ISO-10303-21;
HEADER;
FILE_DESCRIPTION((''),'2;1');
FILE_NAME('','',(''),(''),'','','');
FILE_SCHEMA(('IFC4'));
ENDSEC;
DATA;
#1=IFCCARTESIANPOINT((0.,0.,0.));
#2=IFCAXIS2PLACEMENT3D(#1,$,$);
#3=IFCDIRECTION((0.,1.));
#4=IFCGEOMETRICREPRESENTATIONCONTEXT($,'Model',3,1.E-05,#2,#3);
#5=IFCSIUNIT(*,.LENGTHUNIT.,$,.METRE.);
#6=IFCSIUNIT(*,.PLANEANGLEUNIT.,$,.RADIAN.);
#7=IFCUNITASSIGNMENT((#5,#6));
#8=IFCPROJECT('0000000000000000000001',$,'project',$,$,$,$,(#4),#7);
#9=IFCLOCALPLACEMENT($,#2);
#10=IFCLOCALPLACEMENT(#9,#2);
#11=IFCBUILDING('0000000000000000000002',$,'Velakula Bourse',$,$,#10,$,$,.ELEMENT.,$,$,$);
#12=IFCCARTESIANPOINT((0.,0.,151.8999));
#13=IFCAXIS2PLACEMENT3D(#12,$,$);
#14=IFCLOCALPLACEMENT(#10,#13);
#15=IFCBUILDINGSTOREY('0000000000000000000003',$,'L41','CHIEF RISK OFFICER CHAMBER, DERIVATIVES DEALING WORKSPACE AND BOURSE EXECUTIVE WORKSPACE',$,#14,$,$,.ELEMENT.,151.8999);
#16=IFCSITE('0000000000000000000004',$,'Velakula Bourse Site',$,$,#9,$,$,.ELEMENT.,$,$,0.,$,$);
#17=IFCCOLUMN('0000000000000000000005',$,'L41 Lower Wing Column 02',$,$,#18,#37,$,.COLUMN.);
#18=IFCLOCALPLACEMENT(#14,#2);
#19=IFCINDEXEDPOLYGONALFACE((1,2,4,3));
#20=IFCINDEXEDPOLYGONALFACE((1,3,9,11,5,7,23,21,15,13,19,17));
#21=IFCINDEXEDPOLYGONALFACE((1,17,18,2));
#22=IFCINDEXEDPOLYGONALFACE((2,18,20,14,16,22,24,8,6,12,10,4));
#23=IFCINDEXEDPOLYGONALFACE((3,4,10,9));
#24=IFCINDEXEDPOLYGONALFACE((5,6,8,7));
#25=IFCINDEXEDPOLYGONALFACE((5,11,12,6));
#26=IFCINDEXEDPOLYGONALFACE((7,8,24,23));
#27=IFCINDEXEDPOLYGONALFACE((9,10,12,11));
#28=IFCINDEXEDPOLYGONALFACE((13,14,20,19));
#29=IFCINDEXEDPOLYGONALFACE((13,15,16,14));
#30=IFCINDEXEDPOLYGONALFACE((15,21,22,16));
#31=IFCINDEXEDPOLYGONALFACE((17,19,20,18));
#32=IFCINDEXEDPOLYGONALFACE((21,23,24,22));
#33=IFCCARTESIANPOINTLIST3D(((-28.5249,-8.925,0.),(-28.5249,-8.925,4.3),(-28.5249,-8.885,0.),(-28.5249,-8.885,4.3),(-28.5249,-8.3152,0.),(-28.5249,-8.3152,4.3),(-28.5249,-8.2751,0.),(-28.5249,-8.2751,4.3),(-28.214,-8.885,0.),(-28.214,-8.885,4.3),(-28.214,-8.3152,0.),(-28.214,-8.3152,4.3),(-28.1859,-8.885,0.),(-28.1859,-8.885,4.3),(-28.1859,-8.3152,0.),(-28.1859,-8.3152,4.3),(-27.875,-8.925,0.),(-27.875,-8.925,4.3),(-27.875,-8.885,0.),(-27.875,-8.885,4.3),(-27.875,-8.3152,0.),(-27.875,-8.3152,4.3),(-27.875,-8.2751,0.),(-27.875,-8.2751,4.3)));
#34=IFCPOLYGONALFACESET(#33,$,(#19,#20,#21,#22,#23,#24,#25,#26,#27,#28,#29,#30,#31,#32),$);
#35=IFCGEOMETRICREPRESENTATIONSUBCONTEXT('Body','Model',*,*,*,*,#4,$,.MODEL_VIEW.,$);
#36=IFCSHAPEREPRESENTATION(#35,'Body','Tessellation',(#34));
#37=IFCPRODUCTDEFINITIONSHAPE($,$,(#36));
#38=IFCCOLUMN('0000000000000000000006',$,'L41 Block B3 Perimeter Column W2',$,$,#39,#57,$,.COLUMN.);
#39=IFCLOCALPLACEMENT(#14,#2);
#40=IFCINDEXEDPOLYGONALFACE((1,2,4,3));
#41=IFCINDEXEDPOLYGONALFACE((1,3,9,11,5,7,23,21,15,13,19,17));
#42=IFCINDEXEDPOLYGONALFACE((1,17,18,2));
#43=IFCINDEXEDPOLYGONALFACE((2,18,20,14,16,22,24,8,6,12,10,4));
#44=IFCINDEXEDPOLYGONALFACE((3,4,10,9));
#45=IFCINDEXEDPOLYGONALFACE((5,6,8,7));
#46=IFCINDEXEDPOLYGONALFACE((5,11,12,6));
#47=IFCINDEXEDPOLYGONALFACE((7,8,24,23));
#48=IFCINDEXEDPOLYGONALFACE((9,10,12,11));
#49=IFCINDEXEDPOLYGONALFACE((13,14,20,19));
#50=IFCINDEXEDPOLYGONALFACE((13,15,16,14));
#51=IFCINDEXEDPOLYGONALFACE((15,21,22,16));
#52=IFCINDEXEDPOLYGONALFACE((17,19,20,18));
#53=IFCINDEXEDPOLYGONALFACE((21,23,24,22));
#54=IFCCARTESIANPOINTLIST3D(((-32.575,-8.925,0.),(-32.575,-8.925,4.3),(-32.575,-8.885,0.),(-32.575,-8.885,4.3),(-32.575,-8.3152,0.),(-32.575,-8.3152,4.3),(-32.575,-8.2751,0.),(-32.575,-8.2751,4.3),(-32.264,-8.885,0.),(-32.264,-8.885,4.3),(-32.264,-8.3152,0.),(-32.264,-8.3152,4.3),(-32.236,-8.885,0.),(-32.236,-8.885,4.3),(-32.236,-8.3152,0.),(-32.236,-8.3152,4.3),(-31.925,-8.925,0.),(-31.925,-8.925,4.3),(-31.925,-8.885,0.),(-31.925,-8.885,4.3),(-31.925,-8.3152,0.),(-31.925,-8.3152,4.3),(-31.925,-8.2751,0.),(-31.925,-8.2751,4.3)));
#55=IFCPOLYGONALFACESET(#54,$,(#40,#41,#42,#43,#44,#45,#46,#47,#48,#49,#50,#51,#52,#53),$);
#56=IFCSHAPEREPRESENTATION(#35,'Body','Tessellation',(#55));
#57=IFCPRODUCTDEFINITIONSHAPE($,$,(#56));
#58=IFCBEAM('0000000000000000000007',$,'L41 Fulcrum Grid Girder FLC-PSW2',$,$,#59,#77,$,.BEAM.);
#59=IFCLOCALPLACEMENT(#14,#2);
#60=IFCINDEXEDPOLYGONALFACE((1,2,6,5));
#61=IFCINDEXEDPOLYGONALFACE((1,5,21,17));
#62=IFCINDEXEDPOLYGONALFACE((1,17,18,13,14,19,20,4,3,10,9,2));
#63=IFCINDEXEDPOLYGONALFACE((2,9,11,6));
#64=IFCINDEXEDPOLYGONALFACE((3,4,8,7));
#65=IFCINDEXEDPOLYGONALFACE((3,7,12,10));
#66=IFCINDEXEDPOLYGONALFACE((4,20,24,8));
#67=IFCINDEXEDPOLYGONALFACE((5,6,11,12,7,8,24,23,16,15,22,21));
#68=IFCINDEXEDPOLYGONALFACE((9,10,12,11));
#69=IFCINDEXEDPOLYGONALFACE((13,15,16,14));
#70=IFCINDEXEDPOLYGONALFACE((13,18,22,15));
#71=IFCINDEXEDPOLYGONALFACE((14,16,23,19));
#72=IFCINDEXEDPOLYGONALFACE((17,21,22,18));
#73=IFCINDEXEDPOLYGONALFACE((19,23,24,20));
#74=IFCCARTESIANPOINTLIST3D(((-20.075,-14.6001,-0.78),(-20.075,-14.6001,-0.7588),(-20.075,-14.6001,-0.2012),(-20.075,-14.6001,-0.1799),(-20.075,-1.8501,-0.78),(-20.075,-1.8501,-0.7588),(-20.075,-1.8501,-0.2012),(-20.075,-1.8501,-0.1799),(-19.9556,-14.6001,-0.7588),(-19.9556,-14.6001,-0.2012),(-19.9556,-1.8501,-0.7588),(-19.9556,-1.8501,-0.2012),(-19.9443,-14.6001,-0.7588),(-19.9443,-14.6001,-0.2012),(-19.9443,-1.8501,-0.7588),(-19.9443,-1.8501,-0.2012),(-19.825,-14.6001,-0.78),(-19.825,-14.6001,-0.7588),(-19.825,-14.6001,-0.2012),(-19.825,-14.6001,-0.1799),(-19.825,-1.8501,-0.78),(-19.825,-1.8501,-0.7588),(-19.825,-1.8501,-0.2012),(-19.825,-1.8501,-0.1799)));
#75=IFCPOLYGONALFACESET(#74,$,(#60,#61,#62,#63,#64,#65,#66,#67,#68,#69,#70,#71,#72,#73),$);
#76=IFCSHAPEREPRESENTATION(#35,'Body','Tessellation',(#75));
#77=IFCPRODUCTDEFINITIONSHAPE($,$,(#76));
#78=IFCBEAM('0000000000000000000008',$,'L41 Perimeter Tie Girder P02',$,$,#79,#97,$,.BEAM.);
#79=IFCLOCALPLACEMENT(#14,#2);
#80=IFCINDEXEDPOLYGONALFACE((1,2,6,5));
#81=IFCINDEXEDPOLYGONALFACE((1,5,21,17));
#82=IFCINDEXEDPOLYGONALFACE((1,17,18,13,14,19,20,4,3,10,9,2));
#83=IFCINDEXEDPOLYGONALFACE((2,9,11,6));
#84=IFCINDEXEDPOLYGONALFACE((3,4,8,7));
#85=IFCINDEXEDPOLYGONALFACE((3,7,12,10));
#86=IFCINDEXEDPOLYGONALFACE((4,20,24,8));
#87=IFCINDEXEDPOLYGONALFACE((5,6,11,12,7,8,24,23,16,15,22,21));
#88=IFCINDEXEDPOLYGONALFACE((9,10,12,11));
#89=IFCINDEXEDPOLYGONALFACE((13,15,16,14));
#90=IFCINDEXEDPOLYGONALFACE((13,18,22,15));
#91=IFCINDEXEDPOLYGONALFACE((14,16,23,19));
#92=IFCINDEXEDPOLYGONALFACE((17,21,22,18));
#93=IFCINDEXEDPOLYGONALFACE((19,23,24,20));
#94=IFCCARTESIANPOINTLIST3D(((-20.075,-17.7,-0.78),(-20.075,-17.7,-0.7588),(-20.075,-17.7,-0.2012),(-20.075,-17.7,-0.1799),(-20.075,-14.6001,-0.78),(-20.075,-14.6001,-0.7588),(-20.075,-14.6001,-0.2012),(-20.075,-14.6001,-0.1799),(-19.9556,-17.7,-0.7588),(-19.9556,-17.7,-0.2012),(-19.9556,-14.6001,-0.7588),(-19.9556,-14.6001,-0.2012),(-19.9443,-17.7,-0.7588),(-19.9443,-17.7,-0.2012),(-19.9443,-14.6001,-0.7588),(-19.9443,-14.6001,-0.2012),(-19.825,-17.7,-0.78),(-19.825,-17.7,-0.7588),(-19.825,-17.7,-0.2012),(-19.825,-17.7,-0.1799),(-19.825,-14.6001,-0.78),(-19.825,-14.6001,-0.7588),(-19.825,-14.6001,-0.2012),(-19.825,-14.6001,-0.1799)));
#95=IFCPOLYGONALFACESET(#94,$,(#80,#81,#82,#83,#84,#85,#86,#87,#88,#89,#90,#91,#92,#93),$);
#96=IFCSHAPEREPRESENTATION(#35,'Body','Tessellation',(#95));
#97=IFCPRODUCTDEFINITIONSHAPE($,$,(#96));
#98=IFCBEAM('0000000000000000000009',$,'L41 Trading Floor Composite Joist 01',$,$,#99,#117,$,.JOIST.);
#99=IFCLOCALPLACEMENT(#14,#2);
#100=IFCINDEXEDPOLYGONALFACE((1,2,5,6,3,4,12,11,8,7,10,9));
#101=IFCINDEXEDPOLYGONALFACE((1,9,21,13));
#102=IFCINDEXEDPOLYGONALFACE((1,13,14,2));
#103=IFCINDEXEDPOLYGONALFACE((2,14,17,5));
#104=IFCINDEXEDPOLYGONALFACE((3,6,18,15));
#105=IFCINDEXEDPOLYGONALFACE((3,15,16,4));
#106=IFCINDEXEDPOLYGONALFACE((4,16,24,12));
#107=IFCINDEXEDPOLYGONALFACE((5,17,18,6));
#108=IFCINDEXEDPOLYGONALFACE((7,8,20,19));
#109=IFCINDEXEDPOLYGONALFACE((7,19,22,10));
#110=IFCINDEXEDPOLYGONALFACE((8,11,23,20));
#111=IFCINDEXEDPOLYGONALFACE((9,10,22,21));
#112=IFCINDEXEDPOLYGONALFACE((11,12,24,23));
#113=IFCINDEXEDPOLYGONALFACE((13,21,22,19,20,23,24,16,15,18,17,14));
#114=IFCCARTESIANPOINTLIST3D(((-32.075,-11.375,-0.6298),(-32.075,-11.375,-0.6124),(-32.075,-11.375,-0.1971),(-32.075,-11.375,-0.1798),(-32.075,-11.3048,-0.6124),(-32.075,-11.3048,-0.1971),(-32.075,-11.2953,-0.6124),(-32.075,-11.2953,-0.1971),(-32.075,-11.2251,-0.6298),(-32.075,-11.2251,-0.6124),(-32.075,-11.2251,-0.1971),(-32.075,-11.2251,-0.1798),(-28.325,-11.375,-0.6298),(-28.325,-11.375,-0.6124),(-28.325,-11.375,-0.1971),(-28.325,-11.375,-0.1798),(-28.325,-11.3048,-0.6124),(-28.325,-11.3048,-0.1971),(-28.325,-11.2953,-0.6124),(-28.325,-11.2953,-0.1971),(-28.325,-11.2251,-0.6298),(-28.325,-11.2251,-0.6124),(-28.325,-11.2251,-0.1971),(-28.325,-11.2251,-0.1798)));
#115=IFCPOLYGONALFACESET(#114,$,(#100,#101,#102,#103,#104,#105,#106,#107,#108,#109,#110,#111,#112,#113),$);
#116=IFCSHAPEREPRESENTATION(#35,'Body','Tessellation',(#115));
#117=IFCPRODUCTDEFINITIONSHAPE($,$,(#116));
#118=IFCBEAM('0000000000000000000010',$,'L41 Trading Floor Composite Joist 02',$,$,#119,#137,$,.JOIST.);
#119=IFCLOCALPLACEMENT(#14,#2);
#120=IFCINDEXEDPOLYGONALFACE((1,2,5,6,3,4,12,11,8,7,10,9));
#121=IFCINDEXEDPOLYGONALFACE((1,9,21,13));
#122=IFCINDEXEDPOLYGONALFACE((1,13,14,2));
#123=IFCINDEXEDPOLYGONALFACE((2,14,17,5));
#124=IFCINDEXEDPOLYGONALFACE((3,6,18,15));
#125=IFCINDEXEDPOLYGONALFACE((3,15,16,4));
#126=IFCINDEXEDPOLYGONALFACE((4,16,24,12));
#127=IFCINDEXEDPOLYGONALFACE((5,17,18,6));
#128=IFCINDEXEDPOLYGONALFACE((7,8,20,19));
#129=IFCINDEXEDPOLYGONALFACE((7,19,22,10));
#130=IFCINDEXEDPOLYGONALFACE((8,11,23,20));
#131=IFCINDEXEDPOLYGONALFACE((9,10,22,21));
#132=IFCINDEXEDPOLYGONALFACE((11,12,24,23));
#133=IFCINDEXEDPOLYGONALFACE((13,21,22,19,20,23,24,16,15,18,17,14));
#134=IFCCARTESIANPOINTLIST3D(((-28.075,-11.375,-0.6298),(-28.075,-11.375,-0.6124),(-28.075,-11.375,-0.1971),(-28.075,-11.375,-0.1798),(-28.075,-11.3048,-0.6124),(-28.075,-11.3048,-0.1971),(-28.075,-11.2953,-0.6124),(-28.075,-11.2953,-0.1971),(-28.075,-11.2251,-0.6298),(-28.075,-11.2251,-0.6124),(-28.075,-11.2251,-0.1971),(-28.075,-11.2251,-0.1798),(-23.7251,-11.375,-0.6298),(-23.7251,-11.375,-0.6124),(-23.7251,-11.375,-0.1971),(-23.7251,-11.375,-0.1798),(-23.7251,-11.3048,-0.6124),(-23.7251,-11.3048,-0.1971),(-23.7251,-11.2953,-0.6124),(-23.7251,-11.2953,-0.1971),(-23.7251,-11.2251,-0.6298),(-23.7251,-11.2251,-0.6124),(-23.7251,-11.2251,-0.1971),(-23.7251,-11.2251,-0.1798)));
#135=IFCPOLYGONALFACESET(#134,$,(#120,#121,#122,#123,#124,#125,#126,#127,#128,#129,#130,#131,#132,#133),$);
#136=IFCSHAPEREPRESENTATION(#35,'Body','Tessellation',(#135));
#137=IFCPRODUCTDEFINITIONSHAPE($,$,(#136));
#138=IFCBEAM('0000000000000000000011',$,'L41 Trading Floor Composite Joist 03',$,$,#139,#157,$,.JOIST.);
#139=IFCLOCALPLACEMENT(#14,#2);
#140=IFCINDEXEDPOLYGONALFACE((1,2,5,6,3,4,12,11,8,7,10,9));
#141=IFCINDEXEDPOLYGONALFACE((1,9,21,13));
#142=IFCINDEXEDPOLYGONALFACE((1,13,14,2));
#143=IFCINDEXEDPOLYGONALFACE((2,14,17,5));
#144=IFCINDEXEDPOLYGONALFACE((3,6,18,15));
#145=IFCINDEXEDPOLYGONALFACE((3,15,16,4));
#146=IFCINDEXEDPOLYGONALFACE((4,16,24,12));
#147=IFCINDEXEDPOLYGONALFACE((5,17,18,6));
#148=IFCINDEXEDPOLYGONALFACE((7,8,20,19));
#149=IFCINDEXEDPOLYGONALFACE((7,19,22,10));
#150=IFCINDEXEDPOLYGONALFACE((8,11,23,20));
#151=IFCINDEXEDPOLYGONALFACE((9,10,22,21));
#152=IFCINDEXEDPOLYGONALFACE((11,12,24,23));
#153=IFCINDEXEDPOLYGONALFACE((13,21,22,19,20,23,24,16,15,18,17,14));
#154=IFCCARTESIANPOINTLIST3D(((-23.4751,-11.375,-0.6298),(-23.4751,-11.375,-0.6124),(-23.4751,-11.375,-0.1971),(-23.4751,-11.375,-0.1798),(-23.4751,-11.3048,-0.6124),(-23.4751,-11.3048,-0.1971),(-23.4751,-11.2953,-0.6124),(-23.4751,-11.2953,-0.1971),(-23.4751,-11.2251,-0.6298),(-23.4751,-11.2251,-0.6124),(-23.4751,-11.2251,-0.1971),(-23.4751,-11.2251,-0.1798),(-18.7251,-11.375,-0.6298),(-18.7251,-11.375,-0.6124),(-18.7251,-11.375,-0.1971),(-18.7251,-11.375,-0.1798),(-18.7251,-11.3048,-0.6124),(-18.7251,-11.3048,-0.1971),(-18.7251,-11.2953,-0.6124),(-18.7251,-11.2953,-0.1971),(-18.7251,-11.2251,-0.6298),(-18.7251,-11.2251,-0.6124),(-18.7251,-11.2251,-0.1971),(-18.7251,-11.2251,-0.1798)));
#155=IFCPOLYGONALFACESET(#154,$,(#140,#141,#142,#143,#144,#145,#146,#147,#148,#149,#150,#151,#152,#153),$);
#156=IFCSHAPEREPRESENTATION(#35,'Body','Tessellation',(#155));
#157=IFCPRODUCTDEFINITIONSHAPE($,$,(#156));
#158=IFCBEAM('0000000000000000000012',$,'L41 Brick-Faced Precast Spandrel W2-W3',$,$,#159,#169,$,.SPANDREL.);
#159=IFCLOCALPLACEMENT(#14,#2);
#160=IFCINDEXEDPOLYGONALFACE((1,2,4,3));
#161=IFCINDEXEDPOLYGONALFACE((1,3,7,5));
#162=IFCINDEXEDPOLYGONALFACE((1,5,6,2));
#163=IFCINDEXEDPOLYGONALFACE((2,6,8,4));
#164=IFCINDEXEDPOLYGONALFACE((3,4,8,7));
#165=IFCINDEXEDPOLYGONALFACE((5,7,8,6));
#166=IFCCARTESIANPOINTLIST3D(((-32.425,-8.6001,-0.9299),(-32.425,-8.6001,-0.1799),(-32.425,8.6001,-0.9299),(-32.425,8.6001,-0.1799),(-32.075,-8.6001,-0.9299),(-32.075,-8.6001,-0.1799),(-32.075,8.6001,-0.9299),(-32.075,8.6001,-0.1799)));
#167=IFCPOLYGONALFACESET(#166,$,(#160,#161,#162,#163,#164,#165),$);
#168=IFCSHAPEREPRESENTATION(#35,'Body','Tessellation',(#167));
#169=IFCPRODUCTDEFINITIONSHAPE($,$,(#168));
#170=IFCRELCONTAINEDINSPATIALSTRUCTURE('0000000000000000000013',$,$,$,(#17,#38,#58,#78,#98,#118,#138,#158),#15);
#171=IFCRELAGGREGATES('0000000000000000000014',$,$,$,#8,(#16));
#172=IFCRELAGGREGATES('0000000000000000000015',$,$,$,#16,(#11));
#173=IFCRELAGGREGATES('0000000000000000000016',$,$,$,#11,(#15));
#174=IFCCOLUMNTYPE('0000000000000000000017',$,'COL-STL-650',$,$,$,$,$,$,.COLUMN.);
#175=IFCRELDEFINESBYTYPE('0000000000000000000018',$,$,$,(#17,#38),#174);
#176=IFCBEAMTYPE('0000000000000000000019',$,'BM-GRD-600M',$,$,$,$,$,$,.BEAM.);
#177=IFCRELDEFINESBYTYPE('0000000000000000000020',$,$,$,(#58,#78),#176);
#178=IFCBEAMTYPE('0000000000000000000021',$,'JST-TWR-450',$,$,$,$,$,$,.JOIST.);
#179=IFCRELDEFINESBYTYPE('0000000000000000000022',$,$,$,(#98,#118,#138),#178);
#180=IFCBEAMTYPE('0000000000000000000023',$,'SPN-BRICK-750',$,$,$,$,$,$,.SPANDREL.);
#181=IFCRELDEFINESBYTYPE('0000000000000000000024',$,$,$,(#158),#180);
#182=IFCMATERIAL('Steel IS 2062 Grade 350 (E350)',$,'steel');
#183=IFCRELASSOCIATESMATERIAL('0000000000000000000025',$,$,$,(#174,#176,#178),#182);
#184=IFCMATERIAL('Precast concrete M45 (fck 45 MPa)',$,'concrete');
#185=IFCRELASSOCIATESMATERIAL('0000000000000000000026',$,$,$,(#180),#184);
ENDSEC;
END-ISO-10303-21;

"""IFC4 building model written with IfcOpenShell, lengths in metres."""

from ifc_helpers import new_model, si_unit, direction, frame, origin, origin_2d, place, context, subcontext, project, spatial, rectangle, i_section, extrude, material, material_profile, profile_set, type_object, element, save


model = new_model("IFC4")

# Units and contexts
model_context = context("Model", 3, precision=1e-05, world=origin(), true_north=direction((0.0, 1.0)))
body_context = subcontext(model_context, "Body", "Model", "MODEL_VIEW")
ifc_project = project(units=[si_unit("LENGTHUNIT", "METRE"), si_unit("PLANEANGLEUNIT", "RADIAN")], contexts=[model_context])

# Site, building, storey
site_placement = place(None, origin())
site = spatial("IfcSite", under=ifc_project, at=site_placement, Name="Velakula Bourse Site", CompositionType="ELEMENT", RefElevation=0.0)
building_placement = place(site_placement, origin())
building = spatial("IfcBuilding", under=site, at=building_placement, Name="Velakula Bourse", CompositionType="ELEMENT")
storey_placement = place(building_placement, frame((0.0, 0.0, 151.8999)))
storey = spatial("IfcBuildingStorey", under=building, at=storey_placement, Name="L41", Description="CHIEF RISK OFFICER CHAMBER, DERIVATIVES DEALING WORKSPACE AND BOURSE EXECUTIVE WORKSPACE", CompositionType="ELEMENT", Elevation=151.8999)

# Columns
ifc_material_1 = material(Name="Steel IS 2062 Grade 350 (E350)", Category="steel")
ifc_material_profile_1 = material_profile(ifc_material_1, i_section(OverallWidth=0.6499, OverallDepth=0.6499, WebThickness=0.0281, FlangeThickness=0.04, at=origin_2d()), Name="Steel IS 2062 Grade 350 (E350)")
ifc_profile_set_1 = profile_set([ifc_material_profile_1], Name="Steel IS 2062 Grade 350 (E350)")
column_type = type_object("IfcColumnType", Name="COL-STL-650", PredefinedType="COLUMN", material=ifc_profile_set_1)
for number, where, z_axis, x_axis, name in (
    (1, (-28.2, -8.6001, 0.0), (0.0, 0.0, 1.0), (1.0, 0.0, 0.0), "L41 Lower Wing Column 02"),
    (2, (-32.25, -8.6001, 0.0), (0.0, 0.0, 1.0), (1.0, 0.0, 0.0), "L41 Block B3 Perimeter Column W2"),
):
    element("IfcColumn", number, at=place(storey_placement, frame(where, z_axis=z_axis, x_axis=x_axis)), inside=storey, type_object=column_type, Name=name, PredefinedType="COLUMN", context=body_context, shape_type="SweptSolid", body=[
        extrude(i_section(OverallWidth=0.6499, OverallDepth=0.6499, WebThickness=0.0281, FlangeThickness=0.04, at=origin_2d()), origin(), (0.0, 0.0, 1.0), 4.3),
    ])

# Beams
ifc_material_profile_2 = material_profile(ifc_material_1, i_section(OverallWidth=0.25, OverallDepth=0.6001, WebThickness=0.0112, FlangeThickness=0.0212, at=origin_2d()), Name="Steel IS 2062 Grade 350 (E350)")
ifc_profile_set_2 = profile_set([ifc_material_profile_2], Name="Steel IS 2062 Grade 350 (E350)")
beam_type_1 = type_object("IfcBeamType", Name="BM-GRD-600M", PredefinedType="BEAM", material=ifc_profile_set_2)
beam_1_placement = place(storey_placement, frame((-19.95, -14.6001, -0.48), z_axis=(0.0, 1.0, 0.0), x_axis=(-1.0, 0.0, 0.0)))
element("IfcBeam", 3, at=beam_1_placement, inside=storey, type_object=beam_type_1, Name="L41 Fulcrum Grid Girder FLC-PSW2", PredefinedType="BEAM", context=body_context, shape_type="SweptSolid", body=[
    extrude(i_section(OverallWidth=0.25, OverallDepth=0.6001, WebThickness=0.0112, FlangeThickness=0.0212, at=origin_2d()), origin(), (0.0, 0.0, 1.0), 12.75),
])
beam_2_placement = place(storey_placement, frame((-19.95, -14.6001, -0.48), z_axis=(0.0, -1.0, 0.0), x_axis=(1.0, 0.0, 0.0)))
element("IfcBeam", 4, at=beam_2_placement, inside=storey, type_object=beam_type_1, Name="L41 Perimeter Tie Girder P02", PredefinedType="BEAM", context=body_context, shape_type="SweptSolid", body=[
    extrude(i_section(OverallWidth=0.25, OverallDepth=0.6001, WebThickness=0.0112, FlangeThickness=0.0212, at=origin_2d()), origin(), (0.0, 0.0, 1.0), 3.0999),
])
ifc_material_profile_3 = material_profile(ifc_material_1, i_section(OverallWidth=0.1499, OverallDepth=0.45, WebThickness=0.0095, FlangeThickness=0.0173, at=origin_2d()), Name="Steel IS 2062 Grade 350 (E350)")
ifc_profile_set_3 = profile_set([ifc_material_profile_3], Name="Steel IS 2062 Grade 350 (E350)")
beam_type_2 = type_object("IfcBeamType", Name="JST-TWR-450", PredefinedType="JOIST", material=ifc_profile_set_3)
beam_3_placement = place(storey_placement, frame((-32.075, -11.3, -0.4048), z_axis=(1.0, 0.0, 0.0), x_axis=(0.0, 1.0, 0.0)))
element("IfcBeam", 5, at=beam_3_placement, inside=storey, type_object=beam_type_2, Name="L41 Trading Floor Composite Joist 01", PredefinedType="JOIST", context=body_context, shape_type="SweptSolid", body=[
    extrude(i_section(OverallWidth=0.1499, OverallDepth=0.45, WebThickness=0.0095, FlangeThickness=0.0173, at=origin_2d()), origin(), (0.0, 0.0, 1.0), 3.75),
])
beam_4_placement = place(storey_placement, frame((-28.075, -11.3, -0.4048), z_axis=(1.0, 0.0, 0.0), x_axis=(0.0, 1.0, 0.0)))
element("IfcBeam", 6, at=beam_4_placement, inside=storey, type_object=beam_type_2, Name="L41 Trading Floor Composite Joist 02", PredefinedType="JOIST", context=body_context, shape_type="SweptSolid", body=[
    extrude(i_section(OverallWidth=0.1499, OverallDepth=0.45, WebThickness=0.0095, FlangeThickness=0.0173, at=origin_2d()), origin(), (0.0, 0.0, 1.0), 4.3499),
])
beam_5_placement = place(storey_placement, frame((-23.4751, -11.3, -0.4048), z_axis=(1.0, 0.0, 0.0), x_axis=(0.0, 1.0, 0.0)))
element("IfcBeam", 7, at=beam_5_placement, inside=storey, type_object=beam_type_2, Name="L41 Trading Floor Composite Joist 03", PredefinedType="JOIST", context=body_context, shape_type="SweptSolid", body=[
    extrude(i_section(OverallWidth=0.1499, OverallDepth=0.45, WebThickness=0.0095, FlangeThickness=0.0173, at=origin_2d()), origin(), (0.0, 0.0, 1.0), 4.75),
])
ifc_material_2 = material(Name="Precast concrete M45 (fck 45 MPa)", Category="concrete")
ifc_material_profile_4 = material_profile(ifc_material_2, rectangle(XDim=0.3501, YDim=0.75, at=origin_2d()), Name="Precast concrete M45 (fck 45 MPa)")
ifc_profile_set_4 = profile_set([ifc_material_profile_4], Name="Precast concrete M45 (fck 45 MPa)")
beam_type_3 = type_object("IfcBeamType", Name="SPN-BRICK-750", PredefinedType="SPANDREL", material=ifc_profile_set_4)
beam_6_placement = place(storey_placement, frame((-32.25, -8.6001, -0.5549), z_axis=(0.0, 1.0, 0.0), x_axis=(-1.0, 0.0, 0.0)))
element("IfcBeam", 8, at=beam_6_placement, inside=storey, type_object=beam_type_3, Name="L41 Brick-Faced Precast Spandrel W2-W3", PredefinedType="SPANDREL", context=body_context, shape_type="SweptSolid", body=[
    extrude(rectangle(XDim=0.3501, YDim=0.75, at=origin_2d()), origin(), (0.0, 0.0, 1.0), 17.2002),
])

save(model, "model.ifc")
